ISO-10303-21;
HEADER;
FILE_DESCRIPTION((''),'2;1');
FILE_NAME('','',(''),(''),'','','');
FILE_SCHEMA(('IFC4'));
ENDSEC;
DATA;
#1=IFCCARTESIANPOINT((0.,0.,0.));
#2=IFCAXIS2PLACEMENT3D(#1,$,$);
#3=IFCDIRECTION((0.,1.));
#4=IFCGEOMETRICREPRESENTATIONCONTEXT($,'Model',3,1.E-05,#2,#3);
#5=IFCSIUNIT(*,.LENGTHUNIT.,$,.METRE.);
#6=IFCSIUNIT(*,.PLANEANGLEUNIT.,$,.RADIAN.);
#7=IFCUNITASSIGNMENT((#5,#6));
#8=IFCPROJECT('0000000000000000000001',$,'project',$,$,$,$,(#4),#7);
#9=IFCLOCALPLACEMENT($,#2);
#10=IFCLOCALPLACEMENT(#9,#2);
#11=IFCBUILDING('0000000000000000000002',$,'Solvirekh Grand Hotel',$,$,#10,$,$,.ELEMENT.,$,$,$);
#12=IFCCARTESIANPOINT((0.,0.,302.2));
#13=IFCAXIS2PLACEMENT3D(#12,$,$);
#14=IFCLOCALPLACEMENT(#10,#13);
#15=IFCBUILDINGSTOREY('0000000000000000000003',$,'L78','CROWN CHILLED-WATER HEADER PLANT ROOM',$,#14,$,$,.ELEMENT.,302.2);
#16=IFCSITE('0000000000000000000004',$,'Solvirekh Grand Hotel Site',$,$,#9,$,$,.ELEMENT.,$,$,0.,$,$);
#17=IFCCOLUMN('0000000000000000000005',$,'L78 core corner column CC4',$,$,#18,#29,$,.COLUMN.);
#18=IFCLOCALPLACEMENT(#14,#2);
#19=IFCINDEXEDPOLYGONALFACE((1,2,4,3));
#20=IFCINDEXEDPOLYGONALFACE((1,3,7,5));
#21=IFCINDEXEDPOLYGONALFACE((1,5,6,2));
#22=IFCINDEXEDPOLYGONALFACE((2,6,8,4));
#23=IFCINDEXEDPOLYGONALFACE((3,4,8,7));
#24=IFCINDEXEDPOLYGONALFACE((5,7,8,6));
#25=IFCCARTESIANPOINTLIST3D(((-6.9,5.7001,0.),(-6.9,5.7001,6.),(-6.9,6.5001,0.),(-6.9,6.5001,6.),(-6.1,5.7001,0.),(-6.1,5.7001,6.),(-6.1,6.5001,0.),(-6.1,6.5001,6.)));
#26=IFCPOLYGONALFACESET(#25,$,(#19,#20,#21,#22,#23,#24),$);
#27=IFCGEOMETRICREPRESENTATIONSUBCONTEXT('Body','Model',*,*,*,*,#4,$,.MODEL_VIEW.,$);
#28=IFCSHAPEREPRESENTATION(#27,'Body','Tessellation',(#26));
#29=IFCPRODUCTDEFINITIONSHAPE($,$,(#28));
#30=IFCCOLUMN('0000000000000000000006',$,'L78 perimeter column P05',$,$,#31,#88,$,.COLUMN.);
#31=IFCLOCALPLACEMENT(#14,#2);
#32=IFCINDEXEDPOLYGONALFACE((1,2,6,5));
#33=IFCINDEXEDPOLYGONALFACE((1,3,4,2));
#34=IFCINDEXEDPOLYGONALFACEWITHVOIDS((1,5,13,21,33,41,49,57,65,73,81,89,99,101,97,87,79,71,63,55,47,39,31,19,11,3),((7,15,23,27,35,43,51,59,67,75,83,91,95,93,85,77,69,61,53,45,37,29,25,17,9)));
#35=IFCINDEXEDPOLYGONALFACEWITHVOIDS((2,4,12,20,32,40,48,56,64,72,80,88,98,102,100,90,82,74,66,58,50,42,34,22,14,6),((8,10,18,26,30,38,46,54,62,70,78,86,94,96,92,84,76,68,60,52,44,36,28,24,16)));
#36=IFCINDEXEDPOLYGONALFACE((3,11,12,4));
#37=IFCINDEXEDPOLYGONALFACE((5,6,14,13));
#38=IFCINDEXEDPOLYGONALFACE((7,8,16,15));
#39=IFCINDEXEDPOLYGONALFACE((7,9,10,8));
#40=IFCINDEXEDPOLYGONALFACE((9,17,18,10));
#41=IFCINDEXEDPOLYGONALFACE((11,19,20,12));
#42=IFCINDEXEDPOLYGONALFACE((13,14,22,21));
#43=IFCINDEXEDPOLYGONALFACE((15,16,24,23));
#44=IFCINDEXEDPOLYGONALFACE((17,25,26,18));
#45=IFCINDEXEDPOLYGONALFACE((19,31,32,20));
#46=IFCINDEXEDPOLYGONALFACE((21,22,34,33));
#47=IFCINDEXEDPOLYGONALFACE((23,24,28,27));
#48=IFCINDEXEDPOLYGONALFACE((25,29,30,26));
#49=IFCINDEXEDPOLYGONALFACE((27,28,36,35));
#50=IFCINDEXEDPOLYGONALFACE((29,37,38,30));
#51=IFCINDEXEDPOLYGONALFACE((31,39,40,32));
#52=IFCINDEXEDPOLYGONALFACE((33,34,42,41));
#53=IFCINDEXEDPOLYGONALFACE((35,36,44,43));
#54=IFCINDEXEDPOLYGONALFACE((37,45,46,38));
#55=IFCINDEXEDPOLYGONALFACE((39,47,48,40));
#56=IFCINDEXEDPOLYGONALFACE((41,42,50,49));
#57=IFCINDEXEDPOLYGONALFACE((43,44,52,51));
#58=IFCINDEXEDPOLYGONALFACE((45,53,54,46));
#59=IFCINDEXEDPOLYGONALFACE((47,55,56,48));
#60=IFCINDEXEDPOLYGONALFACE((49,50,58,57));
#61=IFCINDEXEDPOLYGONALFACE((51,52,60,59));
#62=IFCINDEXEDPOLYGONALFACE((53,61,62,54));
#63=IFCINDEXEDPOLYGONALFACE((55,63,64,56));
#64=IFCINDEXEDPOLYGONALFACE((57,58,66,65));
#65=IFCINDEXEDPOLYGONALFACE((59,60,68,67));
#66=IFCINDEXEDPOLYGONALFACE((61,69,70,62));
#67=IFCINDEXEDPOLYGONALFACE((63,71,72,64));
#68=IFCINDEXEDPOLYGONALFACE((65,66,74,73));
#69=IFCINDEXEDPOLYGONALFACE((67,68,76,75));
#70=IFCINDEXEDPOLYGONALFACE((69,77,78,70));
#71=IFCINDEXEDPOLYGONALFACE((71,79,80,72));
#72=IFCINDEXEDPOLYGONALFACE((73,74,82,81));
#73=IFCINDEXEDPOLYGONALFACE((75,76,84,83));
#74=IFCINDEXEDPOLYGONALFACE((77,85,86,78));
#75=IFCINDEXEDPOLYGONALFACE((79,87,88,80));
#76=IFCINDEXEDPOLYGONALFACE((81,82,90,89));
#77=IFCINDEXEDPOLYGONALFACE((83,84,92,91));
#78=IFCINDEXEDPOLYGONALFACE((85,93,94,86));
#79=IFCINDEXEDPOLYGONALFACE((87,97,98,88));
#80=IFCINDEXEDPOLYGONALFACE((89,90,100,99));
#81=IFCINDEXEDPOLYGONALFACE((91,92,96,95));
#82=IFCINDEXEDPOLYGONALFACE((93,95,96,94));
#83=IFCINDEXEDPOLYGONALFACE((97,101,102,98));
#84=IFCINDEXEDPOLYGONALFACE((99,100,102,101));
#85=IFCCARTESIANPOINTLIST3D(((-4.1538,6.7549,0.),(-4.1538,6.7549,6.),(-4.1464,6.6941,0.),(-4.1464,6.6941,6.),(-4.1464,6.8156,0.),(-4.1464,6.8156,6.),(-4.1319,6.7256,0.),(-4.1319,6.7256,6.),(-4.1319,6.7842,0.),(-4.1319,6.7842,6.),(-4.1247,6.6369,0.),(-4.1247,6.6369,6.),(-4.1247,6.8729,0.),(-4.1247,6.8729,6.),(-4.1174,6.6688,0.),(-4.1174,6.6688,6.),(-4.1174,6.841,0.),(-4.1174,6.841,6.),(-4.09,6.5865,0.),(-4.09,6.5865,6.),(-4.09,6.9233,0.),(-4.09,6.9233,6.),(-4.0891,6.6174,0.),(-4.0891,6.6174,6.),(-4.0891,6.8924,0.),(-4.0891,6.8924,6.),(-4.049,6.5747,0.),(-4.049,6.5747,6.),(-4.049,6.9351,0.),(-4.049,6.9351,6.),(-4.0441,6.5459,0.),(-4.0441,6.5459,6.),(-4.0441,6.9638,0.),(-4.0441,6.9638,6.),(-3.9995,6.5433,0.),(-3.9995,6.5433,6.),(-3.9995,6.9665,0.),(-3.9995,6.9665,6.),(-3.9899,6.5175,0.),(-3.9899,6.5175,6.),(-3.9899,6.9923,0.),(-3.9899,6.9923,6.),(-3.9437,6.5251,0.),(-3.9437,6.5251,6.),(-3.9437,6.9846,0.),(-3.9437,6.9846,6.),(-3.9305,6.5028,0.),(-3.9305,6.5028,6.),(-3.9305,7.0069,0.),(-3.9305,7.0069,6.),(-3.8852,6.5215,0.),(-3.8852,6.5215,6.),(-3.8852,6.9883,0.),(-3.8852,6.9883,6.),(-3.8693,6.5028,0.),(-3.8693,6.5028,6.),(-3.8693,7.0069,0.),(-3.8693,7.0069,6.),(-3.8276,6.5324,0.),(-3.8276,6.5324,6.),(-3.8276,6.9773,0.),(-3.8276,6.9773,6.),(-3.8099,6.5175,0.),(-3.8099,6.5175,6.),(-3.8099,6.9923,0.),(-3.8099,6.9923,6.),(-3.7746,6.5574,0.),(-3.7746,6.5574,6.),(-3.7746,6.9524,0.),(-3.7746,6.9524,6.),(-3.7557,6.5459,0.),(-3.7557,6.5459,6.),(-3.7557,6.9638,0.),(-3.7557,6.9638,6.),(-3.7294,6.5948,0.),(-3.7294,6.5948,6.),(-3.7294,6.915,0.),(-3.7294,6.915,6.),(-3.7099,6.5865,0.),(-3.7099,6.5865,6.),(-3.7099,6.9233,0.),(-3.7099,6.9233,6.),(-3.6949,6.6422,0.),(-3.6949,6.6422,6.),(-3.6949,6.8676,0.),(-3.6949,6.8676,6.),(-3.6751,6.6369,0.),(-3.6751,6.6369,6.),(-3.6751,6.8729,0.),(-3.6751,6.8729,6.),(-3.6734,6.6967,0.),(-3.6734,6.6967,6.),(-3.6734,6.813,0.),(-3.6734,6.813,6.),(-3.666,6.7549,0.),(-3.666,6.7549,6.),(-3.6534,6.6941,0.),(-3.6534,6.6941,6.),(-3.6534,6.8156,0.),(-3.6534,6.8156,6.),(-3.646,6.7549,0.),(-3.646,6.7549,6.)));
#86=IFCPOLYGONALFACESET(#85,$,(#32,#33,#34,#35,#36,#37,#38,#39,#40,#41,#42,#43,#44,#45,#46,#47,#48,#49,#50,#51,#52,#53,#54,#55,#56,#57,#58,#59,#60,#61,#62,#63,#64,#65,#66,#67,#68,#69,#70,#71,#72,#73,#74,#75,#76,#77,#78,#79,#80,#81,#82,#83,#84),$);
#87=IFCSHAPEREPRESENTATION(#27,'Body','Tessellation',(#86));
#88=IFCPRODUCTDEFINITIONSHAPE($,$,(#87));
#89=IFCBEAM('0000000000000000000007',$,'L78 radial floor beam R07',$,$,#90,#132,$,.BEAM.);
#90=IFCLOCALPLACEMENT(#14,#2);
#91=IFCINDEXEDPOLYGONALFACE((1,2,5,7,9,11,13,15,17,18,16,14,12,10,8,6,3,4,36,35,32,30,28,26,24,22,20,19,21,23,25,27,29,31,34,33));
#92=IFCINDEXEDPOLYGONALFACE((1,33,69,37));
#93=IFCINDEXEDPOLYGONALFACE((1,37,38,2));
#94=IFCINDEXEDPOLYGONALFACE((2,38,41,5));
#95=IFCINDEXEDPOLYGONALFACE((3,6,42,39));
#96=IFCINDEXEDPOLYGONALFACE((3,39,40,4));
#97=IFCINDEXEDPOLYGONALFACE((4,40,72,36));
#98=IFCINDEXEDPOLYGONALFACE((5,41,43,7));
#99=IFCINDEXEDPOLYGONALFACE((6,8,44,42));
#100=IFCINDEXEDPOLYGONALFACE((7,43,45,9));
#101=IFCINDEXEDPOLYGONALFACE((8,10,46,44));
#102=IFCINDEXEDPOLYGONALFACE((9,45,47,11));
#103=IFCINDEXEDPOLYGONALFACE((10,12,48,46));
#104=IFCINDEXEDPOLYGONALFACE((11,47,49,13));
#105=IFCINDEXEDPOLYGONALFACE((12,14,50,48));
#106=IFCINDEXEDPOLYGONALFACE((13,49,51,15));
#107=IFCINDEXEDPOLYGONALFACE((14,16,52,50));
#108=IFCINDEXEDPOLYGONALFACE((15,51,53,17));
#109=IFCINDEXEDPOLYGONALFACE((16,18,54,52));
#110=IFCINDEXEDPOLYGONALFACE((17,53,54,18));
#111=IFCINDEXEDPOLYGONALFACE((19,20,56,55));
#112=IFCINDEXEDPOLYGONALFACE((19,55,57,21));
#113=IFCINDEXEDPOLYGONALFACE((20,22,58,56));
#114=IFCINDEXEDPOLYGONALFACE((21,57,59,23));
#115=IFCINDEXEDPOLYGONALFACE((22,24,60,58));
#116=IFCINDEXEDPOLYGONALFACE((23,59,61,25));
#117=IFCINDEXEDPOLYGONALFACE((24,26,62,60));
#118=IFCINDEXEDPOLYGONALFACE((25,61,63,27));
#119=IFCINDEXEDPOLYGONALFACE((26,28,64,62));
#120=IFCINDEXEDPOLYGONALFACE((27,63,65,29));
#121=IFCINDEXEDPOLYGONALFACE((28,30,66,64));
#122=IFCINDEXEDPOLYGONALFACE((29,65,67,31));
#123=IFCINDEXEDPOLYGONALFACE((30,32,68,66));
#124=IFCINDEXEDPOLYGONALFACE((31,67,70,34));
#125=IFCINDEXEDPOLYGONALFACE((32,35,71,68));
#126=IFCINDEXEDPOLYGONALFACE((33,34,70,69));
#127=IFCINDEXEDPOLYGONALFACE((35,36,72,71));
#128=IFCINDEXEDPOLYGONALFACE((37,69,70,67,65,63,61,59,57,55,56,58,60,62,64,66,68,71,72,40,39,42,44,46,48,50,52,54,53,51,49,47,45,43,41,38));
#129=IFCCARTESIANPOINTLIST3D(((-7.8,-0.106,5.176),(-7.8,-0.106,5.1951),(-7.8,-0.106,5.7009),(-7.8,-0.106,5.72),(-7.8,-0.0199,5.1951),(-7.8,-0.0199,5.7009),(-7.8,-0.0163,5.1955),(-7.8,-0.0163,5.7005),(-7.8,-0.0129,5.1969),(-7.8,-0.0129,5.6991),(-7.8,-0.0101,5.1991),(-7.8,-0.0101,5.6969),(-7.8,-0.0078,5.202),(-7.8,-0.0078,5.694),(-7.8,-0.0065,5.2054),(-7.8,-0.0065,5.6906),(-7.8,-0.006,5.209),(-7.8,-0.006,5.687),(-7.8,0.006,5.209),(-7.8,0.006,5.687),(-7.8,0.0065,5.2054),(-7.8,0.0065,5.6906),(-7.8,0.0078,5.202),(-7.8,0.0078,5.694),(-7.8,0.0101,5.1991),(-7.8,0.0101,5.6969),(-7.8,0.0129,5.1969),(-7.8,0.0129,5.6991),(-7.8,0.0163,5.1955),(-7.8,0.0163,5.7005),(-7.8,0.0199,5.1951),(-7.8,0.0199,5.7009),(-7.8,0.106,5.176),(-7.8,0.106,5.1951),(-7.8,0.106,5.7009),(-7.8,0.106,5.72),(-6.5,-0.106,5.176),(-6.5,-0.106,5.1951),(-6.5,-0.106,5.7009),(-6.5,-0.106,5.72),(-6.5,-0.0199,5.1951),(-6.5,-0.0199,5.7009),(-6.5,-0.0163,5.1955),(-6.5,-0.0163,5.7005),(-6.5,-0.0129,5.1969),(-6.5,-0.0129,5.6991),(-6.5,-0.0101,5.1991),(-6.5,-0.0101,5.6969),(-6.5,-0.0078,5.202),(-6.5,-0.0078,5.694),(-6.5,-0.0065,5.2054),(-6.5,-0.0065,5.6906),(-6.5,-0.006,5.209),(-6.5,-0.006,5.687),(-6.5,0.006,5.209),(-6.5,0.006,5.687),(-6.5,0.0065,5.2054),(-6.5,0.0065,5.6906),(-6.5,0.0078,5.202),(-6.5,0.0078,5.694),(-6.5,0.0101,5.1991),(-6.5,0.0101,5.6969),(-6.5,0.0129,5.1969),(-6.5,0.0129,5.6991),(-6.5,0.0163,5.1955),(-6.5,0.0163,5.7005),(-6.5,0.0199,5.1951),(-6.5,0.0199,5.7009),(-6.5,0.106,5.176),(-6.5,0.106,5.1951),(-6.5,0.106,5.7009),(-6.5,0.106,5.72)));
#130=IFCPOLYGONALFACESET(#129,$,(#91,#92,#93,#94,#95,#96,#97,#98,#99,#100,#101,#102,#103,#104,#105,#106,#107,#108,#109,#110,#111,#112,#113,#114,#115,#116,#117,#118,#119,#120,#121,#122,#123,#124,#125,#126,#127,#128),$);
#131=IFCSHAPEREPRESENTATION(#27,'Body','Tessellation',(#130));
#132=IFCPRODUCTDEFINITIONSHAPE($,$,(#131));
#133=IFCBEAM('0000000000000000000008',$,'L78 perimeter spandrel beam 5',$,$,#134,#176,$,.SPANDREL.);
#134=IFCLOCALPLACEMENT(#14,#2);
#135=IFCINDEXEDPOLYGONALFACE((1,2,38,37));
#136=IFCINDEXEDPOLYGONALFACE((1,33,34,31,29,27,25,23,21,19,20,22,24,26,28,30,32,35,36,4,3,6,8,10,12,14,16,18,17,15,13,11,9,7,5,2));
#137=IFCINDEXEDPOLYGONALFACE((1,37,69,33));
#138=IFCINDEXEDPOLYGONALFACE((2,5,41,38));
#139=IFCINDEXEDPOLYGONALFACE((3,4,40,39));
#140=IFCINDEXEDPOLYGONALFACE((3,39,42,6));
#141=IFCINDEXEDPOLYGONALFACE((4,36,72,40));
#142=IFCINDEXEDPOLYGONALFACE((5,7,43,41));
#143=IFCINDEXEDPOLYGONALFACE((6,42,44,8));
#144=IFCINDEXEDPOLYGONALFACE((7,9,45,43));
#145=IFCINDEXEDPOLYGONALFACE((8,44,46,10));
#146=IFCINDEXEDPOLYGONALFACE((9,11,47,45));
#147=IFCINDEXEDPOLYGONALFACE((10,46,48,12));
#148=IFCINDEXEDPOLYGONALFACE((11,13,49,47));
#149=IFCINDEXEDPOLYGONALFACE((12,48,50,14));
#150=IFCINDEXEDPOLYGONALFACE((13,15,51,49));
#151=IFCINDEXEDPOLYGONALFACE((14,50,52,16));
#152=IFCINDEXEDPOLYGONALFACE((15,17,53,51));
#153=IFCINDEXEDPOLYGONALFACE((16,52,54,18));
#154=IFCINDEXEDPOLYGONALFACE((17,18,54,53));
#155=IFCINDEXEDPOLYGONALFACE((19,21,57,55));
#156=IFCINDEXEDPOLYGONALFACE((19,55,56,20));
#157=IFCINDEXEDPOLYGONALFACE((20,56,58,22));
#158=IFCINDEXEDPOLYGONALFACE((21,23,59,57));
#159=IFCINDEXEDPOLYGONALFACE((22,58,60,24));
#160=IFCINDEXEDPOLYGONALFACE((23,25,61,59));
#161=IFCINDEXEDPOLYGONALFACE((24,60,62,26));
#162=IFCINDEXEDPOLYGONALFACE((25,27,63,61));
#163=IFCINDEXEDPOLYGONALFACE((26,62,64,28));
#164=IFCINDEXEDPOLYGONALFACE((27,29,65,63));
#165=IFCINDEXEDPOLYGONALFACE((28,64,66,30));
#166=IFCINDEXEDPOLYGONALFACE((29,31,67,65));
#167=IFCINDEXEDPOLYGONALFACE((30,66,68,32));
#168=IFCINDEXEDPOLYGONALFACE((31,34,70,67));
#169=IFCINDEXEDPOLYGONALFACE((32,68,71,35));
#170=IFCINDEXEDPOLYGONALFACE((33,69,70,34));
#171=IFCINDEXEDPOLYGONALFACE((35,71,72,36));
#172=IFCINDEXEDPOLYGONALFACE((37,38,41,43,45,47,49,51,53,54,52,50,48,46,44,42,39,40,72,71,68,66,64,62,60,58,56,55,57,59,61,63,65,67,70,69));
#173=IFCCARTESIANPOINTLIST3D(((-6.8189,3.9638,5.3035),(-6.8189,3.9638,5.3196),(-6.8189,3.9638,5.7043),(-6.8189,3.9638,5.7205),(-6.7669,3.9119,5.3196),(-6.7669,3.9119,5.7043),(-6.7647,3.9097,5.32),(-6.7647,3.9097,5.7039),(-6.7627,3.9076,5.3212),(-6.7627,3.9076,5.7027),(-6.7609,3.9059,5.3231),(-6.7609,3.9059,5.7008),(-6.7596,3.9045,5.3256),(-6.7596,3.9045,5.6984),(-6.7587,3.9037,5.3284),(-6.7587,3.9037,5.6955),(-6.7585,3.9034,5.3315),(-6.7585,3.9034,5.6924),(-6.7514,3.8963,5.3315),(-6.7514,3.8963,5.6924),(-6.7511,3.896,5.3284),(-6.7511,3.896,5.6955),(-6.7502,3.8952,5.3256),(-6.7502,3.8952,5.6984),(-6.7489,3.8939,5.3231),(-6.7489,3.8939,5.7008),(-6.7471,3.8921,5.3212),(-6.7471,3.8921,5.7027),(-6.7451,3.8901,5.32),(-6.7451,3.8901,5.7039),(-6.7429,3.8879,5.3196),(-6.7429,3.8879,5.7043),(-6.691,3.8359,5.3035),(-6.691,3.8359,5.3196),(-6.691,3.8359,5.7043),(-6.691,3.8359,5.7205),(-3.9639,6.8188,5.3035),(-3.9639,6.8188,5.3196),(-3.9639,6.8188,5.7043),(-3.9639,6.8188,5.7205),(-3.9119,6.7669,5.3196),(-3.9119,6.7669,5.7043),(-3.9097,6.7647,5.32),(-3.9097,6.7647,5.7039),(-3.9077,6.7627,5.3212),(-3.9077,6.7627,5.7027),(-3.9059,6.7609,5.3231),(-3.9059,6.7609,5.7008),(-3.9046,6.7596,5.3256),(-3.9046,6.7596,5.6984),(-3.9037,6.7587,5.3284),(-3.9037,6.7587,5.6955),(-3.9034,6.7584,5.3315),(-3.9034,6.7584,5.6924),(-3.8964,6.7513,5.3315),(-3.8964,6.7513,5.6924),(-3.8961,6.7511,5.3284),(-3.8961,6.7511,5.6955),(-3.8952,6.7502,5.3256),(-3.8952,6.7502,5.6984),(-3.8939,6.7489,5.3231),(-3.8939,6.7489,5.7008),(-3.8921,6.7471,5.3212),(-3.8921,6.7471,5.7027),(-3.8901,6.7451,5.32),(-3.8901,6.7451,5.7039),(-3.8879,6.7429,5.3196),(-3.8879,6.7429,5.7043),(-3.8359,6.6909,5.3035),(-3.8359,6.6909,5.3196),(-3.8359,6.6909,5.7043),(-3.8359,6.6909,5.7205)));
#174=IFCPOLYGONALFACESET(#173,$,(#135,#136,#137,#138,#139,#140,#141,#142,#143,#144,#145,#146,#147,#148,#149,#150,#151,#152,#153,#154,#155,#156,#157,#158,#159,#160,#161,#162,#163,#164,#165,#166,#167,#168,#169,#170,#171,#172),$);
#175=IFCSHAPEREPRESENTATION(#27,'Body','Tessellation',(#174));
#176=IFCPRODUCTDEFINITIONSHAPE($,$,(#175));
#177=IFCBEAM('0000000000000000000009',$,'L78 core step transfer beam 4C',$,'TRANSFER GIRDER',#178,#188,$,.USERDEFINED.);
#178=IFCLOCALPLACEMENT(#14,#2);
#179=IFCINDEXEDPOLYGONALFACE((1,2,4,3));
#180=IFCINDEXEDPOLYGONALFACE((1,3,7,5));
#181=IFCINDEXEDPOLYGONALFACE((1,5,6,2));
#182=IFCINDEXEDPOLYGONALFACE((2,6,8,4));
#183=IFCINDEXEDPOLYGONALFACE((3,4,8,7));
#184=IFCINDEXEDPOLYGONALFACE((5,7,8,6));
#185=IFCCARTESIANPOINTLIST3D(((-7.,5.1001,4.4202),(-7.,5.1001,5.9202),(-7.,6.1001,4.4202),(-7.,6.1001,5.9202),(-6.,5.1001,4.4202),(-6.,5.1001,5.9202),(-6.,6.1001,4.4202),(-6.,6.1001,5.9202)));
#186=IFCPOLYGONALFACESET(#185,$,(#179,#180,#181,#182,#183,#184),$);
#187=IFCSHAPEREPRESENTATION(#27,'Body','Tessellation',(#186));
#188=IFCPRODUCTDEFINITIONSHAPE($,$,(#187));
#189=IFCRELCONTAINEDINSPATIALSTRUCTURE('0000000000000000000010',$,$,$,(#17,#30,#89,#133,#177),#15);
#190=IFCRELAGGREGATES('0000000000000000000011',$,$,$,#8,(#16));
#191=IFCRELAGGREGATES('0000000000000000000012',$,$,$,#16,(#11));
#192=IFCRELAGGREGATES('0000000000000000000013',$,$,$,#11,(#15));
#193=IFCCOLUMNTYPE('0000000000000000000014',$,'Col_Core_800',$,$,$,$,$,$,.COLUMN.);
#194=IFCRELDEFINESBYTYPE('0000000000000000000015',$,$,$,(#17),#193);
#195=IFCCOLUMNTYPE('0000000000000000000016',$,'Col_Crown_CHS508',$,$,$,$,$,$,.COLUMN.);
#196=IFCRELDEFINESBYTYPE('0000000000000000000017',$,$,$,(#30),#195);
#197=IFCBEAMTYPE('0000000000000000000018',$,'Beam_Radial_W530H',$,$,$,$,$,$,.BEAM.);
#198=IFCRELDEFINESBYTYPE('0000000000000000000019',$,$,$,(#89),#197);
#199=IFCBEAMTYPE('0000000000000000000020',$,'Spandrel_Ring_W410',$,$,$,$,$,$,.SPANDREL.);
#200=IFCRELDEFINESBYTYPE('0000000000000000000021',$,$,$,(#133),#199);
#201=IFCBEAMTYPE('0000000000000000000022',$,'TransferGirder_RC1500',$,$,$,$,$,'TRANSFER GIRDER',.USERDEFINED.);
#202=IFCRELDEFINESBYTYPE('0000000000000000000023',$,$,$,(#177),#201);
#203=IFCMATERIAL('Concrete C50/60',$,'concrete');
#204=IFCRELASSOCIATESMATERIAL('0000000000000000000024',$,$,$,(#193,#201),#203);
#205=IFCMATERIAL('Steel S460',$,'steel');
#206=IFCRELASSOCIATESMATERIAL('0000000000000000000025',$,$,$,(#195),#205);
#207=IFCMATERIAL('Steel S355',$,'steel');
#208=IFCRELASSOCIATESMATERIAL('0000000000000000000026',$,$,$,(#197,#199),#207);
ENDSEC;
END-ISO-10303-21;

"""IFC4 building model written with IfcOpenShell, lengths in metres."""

from ifc_helpers import new_model, si_unit, direction, frame, origin, origin_2d, place, context, subcontext, project, spatial, rectangle, hollow_circle, i_section, extrude, material, material_profile, profile_set, type_object, element, save


model = new_model("IFC4")

# Units and contexts
model_context = context("Model", 3, precision=1e-05, world=origin(), true_north=direction((0.0, 1.0)))
body_context = subcontext(model_context, "Body", "Model", "MODEL_VIEW")
ifc_project = project(units=[si_unit("LENGTHUNIT", "METRE"), si_unit("PLANEANGLEUNIT", "RADIAN")], contexts=[model_context])

# Site, building, storey
site_placement = place(None, origin())
site = spatial("IfcSite", under=ifc_project, at=site_placement, Name="Solvirekh Grand Hotel Site", CompositionType="ELEMENT", RefElevation=0.0)
building_placement = place(site_placement, origin())
building = spatial("IfcBuilding", under=site, at=building_placement, Name="Solvirekh Grand Hotel", CompositionType="ELEMENT")
storey_placement = place(building_placement, frame((0.0, 0.0, 302.2)))
storey = spatial("IfcBuildingStorey", under=building, at=storey_placement, Name="L78", Description="CROWN CHILLED-WATER HEADER PLANT ROOM", CompositionType="ELEMENT", Elevation=302.2)

# Columns
ifc_material_1 = material(Name="Concrete C50/60", Category="concrete")
ifc_material_profile_1 = material_profile(ifc_material_1, rectangle(XDim=0.8, YDim=0.8, at=origin_2d()), Name="RC 800X800")
ifc_profile_set_1 = profile_set([ifc_material_profile_1], Name="Concrete C50/60")
column_type_1 = type_object("IfcColumnType", Name="Col_Core_800", PredefinedType="COLUMN", material=ifc_profile_set_1)
column_1_placement = place(storey_placement, frame((-6.5, 6.1001, 0.0), z_axis=(0.0, 0.0, 1.0), x_axis=(1.0, 0.0, 0.0)))
element("IfcColumn", 1, at=column_1_placement, inside=storey, type_object=column_type_1, Name="L78 core corner column CC4", PredefinedType="COLUMN", context=body_context, shape_type="SweptSolid", body=[
    extrude(rectangle(XDim=0.8, YDim=0.8, at=origin_2d()), origin(), (0.0, 0.0, 1.0), 6.0),
])
ifc_material_2 = material(Name="Steel S460", Category="steel")
ifc_material_profile_2 = material_profile(ifc_material_2, hollow_circle(Radius=0.2539, WallThickness=0.02, at=origin_2d()), Name="CHS 508X20")
ifc_profile_set_2 = profile_set([ifc_material_profile_2], Name="Steel S460")
column_type_2 = type_object("IfcColumnType", Name="Col_Crown_CHS508", PredefinedType="COLUMN", material=ifc_profile_set_2)
column_2_placement = place(storey_placement, frame((-3.8999, 6.7549, 0.0), z_axis=(0.0, 0.0, 1.0), x_axis=(1.0, 0.0, 0.0)))
element("IfcColumn", 2, at=column_2_placement, inside=storey, type_object=column_type_2, Name="L78 perimeter column P05", PredefinedType="COLUMN", context=body_context, shape_type="SweptSolid", body=[
    extrude(hollow_circle(Radius=0.2539, WallThickness=0.02, at=origin_2d()), origin(), (0.0, 0.0, 1.0), 6.0),
])

# Beams
ifc_material_3 = material(Name="Steel S355", Category="steel")
ifc_material_profile_3 = material_profile(ifc_material_3, i_section(OverallWidth=0.2119, OverallDepth=0.5439, WebThickness=0.012, FlangeThickness=0.019, FilletRadius=0.0139, at=origin_2d()), Name="W530X123")
ifc_profile_set_3 = profile_set([ifc_material_profile_3], Name="Steel S355")
beam_type_1 = type_object("IfcBeamType", Name="Beam_Radial_W530H", PredefinedType="BEAM", material=ifc_profile_set_3)
beam_1_placement = place(storey_placement, frame((-6.5, 0.0, 5.448), z_axis=(-1.0, 0.0, 0.0), x_axis=(0.0, -1.0, 0.0)))
element("IfcBeam", 3, at=beam_1_placement, inside=storey, type_object=beam_type_1, Name="L78 radial floor beam R07", PredefinedType="BEAM", context=body_context, shape_type="SweptSolid", body=[
    extrude(i_section(OverallWidth=0.2119, OverallDepth=0.5439, WebThickness=0.012, FlangeThickness=0.019, FilletRadius=0.0139, at=origin_2d()), origin(), (0.0, 0.0, 1.0), 1.3),
])
ifc_material_profile_4 = material_profile(ifc_material_3, i_section(OverallWidth=0.1809, OverallDepth=0.417, WebThickness=0.01, FlangeThickness=0.0161, FilletRadius=0.012, at=origin_2d()), Name="W410X85")
ifc_profile_set_4 = profile_set([ifc_material_profile_4], Name="Steel S355")
beam_type_2 = type_object("IfcBeamType", Name="Spandrel_Ring_W410", PredefinedType="SPANDREL", material=ifc_profile_set_4)
beam_2_placement = place(storey_placement, frame((-3.8999, 6.7549, 5.512), z_axis=(-0.707107, -0.707107, 0.0), x_axis=(0.707107, -0.707107, 0.0)))
element("IfcBeam", 4, at=beam_2_placement, inside=storey, type_object=beam_type_2, Name="L78 perimeter spandrel beam 5", PredefinedType="SPANDREL", context=body_context, shape_type="SweptSolid", body=[
    extrude(i_section(OverallWidth=0.1809, OverallDepth=0.417, WebThickness=0.01, FlangeThickness=0.0161, FilletRadius=0.012, at=origin_2d()), origin(), (0.0, 0.0, 1.0), 4.0376),
])
ifc_material_profile_5 = material_profile(ifc_material_1, rectangle(XDim=1.0, YDim=1.5, at=origin_2d()), Name="RC GIRDER 1000X1500")
ifc_profile_set_5 = profile_set([ifc_material_profile_5], Name="Concrete C50/60")
beam_type_3 = type_object("IfcBeamType", Name="TransferGirder_RC1500", ElementType="TRANSFER GIRDER", PredefinedType="USERDEFINED", material=ifc_profile_set_5)
beam_3_placement = place(storey_placement, frame((-6.5, 5.1001, 5.1702), z_axis=(0.0, 1.0, 0.0), x_axis=(-1.0, 0.0, 0.0)))
element("IfcBeam", 5, at=beam_3_placement, inside=storey, type_object=beam_type_3, Name="L78 core step transfer beam 4C", ObjectType="TRANSFER GIRDER", PredefinedType="USERDEFINED", context=body_context, shape_type="SweptSolid", body=[
    extrude(rectangle(XDim=1.0, YDim=1.5, at=origin_2d()), origin(), (0.0, 0.0, 1.0), 1.0),
])

save(model, "model.ifc")
